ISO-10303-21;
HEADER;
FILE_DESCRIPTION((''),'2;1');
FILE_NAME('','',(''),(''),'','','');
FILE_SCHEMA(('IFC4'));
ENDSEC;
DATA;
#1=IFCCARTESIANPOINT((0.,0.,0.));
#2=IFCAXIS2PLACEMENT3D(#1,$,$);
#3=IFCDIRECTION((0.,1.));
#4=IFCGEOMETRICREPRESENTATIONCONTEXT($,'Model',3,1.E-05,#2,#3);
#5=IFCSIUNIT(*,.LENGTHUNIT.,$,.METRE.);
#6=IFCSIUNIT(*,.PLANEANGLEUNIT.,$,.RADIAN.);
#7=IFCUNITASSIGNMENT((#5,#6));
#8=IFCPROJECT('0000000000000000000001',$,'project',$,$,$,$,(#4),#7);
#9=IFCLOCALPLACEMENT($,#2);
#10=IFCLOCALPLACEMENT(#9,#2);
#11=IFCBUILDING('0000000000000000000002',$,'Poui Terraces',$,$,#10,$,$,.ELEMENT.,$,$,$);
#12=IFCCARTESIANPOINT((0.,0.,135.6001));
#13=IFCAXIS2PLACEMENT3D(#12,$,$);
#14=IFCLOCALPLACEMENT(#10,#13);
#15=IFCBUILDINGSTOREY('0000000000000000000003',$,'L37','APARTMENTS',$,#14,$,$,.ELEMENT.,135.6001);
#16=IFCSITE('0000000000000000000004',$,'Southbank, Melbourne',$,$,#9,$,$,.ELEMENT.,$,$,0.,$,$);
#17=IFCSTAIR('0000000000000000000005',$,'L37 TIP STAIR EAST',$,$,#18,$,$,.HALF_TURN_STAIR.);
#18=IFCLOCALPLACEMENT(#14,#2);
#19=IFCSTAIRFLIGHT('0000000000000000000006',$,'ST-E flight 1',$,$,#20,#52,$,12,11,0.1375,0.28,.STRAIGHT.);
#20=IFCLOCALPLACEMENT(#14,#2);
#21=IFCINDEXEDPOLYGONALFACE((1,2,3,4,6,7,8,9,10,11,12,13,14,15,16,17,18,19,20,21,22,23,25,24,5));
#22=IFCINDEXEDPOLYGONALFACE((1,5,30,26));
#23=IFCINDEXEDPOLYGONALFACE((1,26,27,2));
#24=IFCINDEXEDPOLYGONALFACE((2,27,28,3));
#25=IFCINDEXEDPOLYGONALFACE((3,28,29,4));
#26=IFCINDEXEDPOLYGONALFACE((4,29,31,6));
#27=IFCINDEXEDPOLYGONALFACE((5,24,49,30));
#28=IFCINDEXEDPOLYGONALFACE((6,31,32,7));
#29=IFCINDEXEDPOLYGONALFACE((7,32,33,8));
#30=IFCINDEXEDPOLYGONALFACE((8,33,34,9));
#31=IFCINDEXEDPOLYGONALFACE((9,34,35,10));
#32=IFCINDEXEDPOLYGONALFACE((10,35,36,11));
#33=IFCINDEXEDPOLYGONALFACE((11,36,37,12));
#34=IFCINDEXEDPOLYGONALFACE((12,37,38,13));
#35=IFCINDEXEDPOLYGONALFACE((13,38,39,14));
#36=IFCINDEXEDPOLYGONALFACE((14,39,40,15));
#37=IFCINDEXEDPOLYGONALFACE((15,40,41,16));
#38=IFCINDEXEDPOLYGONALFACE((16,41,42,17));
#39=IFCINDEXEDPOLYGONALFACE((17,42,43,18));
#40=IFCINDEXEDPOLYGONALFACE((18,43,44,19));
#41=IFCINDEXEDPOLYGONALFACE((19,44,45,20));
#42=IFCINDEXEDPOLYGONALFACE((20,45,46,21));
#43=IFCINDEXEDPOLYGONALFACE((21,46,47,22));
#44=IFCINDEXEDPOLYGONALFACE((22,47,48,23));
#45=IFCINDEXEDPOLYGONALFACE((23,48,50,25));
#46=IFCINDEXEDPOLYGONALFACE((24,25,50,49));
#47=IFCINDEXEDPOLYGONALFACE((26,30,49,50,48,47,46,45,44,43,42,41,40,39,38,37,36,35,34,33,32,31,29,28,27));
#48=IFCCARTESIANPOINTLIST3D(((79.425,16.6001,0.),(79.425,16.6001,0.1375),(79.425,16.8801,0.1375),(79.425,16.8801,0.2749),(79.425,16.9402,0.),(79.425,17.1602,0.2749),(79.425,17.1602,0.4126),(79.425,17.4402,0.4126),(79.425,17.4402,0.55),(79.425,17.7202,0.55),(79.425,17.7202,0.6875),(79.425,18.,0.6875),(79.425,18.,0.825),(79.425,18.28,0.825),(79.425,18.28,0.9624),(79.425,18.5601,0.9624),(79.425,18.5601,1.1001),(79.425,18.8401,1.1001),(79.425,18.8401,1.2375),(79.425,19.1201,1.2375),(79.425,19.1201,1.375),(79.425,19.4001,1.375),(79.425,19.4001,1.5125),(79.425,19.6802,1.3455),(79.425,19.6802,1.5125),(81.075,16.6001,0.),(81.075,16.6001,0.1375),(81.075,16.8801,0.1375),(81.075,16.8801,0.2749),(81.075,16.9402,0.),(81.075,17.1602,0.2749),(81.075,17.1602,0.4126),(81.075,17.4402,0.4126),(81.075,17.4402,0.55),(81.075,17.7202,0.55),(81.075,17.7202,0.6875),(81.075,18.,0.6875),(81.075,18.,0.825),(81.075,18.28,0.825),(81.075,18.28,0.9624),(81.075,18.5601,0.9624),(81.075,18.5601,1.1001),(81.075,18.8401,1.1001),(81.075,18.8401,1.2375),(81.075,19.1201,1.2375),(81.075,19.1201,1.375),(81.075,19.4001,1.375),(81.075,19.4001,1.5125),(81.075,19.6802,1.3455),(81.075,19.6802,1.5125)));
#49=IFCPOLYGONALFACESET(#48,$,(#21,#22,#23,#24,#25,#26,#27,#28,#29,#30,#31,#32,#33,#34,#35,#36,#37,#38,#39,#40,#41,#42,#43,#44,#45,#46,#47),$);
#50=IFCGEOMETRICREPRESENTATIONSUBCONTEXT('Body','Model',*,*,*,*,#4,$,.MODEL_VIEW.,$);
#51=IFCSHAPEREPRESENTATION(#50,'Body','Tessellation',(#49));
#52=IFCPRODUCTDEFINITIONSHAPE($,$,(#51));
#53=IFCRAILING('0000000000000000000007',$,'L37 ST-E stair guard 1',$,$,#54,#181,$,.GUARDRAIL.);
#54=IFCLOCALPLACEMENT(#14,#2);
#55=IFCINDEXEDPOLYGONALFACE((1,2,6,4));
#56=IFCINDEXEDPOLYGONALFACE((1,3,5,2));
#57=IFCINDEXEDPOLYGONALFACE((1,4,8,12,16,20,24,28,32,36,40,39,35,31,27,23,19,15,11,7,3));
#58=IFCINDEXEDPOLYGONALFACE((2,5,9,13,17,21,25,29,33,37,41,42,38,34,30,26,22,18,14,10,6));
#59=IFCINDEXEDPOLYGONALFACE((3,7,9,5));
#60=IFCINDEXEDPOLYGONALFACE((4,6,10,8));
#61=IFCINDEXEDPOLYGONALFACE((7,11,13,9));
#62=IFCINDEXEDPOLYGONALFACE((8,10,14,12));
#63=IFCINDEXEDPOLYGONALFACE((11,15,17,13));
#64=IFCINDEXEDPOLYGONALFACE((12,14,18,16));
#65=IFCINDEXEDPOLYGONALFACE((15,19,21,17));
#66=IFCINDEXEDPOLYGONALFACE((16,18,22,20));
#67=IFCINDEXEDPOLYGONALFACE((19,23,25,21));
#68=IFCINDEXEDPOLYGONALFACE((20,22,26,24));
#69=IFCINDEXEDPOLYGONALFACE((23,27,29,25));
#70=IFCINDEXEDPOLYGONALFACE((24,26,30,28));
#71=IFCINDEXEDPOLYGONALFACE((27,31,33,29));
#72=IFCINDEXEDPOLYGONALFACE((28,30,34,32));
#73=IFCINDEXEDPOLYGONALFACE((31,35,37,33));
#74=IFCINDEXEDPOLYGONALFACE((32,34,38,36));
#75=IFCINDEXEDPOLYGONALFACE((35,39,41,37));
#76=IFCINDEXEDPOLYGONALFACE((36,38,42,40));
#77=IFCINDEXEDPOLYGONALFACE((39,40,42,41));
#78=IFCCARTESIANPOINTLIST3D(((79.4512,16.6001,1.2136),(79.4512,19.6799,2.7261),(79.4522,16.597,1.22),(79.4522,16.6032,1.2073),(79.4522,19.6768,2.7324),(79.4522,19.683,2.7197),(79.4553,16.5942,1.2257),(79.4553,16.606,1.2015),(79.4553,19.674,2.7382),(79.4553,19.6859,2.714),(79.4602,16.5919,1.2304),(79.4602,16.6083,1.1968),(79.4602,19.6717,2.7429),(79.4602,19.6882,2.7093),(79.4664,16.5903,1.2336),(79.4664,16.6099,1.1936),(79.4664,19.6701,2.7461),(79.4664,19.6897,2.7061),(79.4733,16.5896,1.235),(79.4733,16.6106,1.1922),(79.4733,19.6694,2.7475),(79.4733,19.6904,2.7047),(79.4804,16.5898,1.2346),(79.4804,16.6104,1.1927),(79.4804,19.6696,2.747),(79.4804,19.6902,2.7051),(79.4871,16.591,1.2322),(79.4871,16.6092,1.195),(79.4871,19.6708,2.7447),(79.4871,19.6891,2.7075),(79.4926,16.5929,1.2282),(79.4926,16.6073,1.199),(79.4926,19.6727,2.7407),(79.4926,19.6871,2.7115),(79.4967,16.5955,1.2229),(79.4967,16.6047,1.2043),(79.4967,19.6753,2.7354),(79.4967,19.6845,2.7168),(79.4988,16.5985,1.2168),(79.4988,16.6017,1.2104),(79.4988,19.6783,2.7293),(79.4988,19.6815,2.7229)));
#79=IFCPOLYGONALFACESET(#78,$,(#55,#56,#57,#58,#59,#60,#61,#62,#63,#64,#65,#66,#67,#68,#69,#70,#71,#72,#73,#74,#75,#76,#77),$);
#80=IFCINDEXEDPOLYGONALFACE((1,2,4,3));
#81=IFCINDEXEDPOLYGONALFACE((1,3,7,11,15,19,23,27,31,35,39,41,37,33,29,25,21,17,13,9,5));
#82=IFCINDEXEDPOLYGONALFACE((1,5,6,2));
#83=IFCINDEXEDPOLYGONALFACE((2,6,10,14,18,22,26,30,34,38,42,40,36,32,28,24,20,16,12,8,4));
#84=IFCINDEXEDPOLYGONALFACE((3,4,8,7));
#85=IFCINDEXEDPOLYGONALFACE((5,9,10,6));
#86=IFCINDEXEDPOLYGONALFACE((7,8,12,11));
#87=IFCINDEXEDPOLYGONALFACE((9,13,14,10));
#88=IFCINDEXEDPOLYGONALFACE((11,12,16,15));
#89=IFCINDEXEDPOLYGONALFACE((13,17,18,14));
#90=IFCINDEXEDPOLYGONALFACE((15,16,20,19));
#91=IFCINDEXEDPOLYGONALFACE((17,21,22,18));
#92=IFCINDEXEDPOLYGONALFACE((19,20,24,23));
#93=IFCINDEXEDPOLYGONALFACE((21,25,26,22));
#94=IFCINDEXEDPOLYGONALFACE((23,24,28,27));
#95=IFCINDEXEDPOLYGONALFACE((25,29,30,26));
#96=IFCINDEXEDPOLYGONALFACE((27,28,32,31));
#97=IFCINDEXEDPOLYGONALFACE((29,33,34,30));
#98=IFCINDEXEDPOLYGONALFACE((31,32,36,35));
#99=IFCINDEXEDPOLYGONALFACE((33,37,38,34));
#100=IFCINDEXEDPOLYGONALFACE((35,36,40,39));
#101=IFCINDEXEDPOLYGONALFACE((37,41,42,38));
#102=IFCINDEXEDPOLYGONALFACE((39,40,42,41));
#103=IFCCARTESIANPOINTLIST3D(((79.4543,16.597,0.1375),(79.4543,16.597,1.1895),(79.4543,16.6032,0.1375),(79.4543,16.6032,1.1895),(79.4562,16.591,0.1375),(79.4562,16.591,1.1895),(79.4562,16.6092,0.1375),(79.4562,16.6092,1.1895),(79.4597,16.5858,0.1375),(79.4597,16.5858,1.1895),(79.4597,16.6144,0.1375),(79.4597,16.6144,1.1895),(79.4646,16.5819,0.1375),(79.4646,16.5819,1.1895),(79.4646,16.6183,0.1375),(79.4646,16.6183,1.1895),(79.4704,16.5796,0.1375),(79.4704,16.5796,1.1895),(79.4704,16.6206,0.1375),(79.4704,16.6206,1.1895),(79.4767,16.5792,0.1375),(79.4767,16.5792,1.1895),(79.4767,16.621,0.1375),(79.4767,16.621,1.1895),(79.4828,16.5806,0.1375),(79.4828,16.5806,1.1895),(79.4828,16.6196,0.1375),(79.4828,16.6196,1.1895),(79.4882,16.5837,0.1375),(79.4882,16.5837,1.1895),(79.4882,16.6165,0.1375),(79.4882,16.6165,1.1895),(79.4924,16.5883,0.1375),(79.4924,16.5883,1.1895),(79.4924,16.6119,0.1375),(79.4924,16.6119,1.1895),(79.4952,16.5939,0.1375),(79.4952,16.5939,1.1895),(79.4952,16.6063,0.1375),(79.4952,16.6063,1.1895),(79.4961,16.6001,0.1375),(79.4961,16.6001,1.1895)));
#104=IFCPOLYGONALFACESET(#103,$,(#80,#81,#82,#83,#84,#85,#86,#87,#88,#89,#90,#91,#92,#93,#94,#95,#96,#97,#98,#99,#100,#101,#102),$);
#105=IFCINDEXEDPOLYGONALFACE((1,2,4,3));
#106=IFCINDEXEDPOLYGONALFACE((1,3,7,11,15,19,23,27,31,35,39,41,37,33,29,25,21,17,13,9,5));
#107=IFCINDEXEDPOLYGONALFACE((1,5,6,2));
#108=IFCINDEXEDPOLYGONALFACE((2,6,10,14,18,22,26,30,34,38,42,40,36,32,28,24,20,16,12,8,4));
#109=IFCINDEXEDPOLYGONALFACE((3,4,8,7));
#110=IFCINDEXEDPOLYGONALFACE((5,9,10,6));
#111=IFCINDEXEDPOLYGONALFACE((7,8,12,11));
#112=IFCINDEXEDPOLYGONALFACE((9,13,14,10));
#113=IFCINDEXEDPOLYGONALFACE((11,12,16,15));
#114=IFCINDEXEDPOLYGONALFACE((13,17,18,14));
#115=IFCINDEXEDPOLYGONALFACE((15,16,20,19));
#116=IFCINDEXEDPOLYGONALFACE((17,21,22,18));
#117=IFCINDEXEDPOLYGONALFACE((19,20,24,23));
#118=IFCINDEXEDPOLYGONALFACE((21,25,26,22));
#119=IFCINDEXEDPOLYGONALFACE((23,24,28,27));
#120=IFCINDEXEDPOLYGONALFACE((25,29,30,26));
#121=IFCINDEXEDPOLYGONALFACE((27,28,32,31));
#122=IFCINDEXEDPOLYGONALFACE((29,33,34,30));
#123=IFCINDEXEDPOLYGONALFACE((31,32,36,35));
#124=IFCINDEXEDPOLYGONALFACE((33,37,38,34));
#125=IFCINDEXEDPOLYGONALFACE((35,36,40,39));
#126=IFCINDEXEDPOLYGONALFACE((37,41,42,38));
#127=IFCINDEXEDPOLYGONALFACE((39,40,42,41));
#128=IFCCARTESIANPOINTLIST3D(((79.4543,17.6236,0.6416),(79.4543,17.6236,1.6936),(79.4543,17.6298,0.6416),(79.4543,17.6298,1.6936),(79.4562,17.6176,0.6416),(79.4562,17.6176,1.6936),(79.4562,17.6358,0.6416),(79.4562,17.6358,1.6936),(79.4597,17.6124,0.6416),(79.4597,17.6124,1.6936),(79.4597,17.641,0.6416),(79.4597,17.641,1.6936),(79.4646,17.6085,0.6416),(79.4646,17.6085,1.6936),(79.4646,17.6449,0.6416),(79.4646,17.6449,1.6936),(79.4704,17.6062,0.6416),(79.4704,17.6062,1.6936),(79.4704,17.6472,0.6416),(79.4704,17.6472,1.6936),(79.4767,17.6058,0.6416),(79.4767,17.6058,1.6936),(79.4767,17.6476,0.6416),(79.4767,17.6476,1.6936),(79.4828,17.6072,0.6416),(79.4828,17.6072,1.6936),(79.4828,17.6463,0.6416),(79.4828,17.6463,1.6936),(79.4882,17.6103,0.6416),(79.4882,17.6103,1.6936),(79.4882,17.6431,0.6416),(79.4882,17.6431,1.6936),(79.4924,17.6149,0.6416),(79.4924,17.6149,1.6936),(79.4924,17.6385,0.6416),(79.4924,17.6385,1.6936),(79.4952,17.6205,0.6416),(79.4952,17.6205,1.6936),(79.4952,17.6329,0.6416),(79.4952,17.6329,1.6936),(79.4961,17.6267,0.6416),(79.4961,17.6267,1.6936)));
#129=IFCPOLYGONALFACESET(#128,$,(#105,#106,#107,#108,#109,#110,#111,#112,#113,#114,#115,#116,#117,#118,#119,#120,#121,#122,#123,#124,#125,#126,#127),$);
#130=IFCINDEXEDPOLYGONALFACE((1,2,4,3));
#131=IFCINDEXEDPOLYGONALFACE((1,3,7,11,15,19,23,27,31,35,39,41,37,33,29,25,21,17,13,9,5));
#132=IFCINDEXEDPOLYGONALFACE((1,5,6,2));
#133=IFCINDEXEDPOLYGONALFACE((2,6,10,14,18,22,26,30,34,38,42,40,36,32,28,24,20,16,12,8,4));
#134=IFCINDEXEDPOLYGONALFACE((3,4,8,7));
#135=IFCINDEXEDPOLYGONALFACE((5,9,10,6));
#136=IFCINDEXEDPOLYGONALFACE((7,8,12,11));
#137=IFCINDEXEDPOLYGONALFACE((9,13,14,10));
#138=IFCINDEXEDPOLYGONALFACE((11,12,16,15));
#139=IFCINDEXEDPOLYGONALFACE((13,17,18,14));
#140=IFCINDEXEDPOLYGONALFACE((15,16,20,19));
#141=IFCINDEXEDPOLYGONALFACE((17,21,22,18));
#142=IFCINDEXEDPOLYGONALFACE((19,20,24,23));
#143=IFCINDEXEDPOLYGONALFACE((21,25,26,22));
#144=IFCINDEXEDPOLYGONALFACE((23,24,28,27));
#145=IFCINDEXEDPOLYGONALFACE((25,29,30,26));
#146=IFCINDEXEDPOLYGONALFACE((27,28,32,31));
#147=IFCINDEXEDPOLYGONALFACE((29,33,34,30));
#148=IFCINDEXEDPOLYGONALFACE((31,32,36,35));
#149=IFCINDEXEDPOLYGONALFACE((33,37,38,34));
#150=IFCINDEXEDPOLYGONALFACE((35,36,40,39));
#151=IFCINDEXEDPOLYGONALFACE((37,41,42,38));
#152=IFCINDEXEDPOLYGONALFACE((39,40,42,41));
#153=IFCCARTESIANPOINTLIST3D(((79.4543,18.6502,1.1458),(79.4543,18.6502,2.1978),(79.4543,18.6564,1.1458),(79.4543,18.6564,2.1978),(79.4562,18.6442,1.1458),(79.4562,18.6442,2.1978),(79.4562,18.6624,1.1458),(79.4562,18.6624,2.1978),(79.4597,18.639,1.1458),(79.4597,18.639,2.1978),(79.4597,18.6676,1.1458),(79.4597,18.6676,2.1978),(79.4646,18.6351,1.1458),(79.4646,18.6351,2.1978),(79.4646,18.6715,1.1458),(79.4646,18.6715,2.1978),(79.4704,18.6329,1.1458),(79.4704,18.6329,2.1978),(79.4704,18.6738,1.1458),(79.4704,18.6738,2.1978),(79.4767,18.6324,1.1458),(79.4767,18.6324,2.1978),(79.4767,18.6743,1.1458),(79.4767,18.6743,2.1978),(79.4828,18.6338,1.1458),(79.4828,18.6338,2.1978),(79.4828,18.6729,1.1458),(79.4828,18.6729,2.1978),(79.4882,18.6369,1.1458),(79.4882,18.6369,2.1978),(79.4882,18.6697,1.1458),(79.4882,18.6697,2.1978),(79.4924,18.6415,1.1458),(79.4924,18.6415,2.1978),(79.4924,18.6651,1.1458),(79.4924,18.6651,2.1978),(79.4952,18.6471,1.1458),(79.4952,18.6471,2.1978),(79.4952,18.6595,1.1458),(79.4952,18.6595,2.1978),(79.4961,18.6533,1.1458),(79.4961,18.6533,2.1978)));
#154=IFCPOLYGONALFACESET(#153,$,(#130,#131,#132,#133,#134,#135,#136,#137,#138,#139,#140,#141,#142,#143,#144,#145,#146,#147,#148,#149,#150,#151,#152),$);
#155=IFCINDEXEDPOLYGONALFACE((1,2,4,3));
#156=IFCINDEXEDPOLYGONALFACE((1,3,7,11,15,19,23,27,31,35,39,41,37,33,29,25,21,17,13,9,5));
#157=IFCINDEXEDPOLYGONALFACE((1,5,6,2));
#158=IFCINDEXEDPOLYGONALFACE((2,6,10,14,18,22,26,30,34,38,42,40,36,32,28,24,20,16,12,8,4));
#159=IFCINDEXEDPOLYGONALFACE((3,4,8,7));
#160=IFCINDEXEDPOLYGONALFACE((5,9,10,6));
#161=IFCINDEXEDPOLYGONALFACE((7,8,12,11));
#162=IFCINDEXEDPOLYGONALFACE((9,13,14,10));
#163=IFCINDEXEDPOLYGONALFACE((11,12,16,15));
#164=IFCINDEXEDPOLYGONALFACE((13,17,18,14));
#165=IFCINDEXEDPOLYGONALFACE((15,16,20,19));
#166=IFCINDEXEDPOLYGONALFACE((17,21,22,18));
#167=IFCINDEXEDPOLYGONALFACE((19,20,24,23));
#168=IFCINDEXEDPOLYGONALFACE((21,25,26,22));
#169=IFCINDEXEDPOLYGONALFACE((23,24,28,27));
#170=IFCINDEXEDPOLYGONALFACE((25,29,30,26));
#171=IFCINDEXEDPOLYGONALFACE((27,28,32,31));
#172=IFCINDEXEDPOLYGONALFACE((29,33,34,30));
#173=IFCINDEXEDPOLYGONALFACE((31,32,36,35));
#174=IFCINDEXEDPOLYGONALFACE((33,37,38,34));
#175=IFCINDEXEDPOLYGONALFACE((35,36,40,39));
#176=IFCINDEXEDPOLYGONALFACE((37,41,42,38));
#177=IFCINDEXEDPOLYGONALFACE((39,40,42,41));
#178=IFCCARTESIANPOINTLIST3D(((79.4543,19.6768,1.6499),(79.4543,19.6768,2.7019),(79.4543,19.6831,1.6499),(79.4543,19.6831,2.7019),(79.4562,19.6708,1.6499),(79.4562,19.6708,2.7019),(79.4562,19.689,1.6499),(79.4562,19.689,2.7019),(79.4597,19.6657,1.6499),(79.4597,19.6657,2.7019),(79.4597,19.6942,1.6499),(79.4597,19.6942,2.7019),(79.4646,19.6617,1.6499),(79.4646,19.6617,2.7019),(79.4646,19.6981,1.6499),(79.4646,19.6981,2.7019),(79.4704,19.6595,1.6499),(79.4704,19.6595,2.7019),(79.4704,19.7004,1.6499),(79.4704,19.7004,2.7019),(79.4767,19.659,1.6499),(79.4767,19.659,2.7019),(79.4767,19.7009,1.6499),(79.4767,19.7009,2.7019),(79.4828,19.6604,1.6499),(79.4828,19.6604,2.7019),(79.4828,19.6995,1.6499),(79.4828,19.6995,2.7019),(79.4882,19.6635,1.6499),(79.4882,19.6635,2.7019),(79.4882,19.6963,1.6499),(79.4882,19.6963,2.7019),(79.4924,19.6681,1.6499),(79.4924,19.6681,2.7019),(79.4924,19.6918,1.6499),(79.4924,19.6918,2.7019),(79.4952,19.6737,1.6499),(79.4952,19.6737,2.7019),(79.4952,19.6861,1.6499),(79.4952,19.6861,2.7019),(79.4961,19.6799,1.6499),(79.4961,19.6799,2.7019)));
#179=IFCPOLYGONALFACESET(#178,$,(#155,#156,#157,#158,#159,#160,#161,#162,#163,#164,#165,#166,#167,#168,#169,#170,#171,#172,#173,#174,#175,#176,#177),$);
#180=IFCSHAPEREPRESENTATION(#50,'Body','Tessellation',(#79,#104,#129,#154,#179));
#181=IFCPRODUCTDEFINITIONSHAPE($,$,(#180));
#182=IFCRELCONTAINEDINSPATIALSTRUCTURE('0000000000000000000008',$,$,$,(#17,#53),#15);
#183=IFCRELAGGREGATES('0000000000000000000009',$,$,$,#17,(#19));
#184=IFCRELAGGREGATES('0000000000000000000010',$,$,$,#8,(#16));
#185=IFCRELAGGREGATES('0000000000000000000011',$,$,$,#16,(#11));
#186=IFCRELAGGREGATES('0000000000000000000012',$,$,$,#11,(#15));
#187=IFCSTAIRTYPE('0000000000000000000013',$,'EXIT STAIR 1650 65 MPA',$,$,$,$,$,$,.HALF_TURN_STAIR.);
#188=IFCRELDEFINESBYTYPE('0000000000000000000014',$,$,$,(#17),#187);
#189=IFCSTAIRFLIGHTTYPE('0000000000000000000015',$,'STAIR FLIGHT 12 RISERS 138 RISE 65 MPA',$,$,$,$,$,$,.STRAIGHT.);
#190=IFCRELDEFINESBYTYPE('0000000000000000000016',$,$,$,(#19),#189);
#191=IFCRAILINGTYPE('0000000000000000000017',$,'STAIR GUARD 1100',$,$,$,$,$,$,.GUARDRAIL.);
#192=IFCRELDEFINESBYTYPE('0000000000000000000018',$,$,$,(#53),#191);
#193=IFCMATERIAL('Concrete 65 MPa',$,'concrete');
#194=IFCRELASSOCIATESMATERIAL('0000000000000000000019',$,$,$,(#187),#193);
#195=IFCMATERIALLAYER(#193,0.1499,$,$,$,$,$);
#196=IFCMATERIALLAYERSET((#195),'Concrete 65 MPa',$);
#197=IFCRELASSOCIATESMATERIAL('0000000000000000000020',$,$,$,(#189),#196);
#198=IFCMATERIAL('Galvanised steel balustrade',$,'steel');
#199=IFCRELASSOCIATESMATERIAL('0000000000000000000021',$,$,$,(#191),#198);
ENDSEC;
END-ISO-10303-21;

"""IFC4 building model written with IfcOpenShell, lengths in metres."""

from ifc_helpers import new_model, si_unit, direction, frame, origin, origin_2d, place, context, subcontext, project, spatial, polyline, circle, outline, extrude, material, layer, layer_set, type_object, element, aggregate, save


model = new_model("IFC4")

# Units and contexts
model_context = context("Model", 3, precision=1e-05, world=origin(), true_north=direction((0.0, 1.0)))
body_context = subcontext(model_context, "Body", "Model", "MODEL_VIEW")
ifc_project = project(units=[si_unit("LENGTHUNIT", "METRE"), si_unit("PLANEANGLEUNIT", "RADIAN")], contexts=[model_context])

# Site, building, storey
site_placement = place(None, origin())
site = spatial("IfcSite", under=ifc_project, at=site_placement, Name="Southbank, Melbourne", CompositionType="ELEMENT", RefElevation=0.0)
building_placement = place(site_placement, origin())
building = spatial("IfcBuilding", under=site, at=building_placement, Name="Poui Terraces", CompositionType="ELEMENT")
storey_placement = place(building_placement, frame((0.0, 0.0, 135.6001)))
storey = spatial("IfcBuildingStorey", under=building, at=storey_placement, Name="L37", Description="APARTMENTS", CompositionType="ELEMENT", Elevation=135.6001)

# Shared definitions
ifc_material_1 = material(Name="Concrete 65 MPa", Category="concrete")

# Stair, stair flight
stair_type = type_object("IfcStairType", Name="EXIT STAIR 1650 65 MPA", PredefinedType="HALF_TURN_STAIR", material=ifc_material_1)
stair_placement = place(storey_placement, origin())
stair = element("IfcStair", 1, at=stair_placement, inside=storey, type_object=stair_type, Name="L37 TIP STAIR EAST", PredefinedType="HALF_TURN_STAIR")
ifc_layer_1 = layer(ifc_material_1, 0.1499)
ifc_layer_set_1 = layer_set([ifc_layer_1], Name="Concrete 65 MPa")
stair_flight_type = type_object("IfcStairFlightType", Name="STAIR FLIGHT 12 RISERS 138 RISE 65 MPA", PredefinedType="STRAIGHT", material=ifc_layer_set_1)
stair_flight_placement = place(storey_placement, frame((80.25, 16.6001, 0.0), z_axis=(0.0, 0.0, 1.0), x_axis=(0.0, 1.0, 0.0)))
stair_flight = element("IfcStairFlight", 2, at=stair_flight_placement, type_object=stair_flight_type, Name="ST-E flight 1", NumberOfRisers=12, NumberOfTreads=11, PredefinedType="STRAIGHT", RiserHeight=0.1375, TreadLength=0.28, context=body_context, shape_type="SweptSolid", body=[
    extrude(outline(polyline([(0.0, 0.0), (0.0, 0.1375), (0.28, 0.1375), (0.28, 0.2749), (0.5601, 0.2749), (0.5601, 0.4126), (0.8401, 0.4126), (0.8401, 0.55), (1.1201, 0.55), (1.1201, 0.6875), (1.3999, 0.6875), (1.3999, 0.825), (1.6799, 0.825), (1.6799, 0.9624), (1.96, 0.9624), (1.96, 1.1001), (2.24, 1.1001), (2.24, 1.2375), (2.52, 1.2375), (2.52, 1.375), (2.8, 1.375), (2.8, 1.5125), (3.0801, 1.5125), (3.0801, 1.6499), (3.0801, 1.3455), (0.3401, 0.0), (0.0, 0.0)])), frame((0.0, 0.825, 0.0), z_axis=(0.0, -1.0, 0.0), x_axis=(1.0, 0.0, 0.0)), (0.0, 0.0, 1.0), 1.6499),
])
aggregate(stair, [stair_flight])

# Railing
ifc_material_2 = material(Name="Galvanised steel balustrade", Category="steel")
railing_type_1 = type_object("IfcRailingType", Name="STAIR GUARD 1100", PredefinedType="GUARDRAIL", material=ifc_material_2)
railing_1_placement = place(storey_placement, frame((79.4751, 16.6001, 0.1375)))
element("IfcRailing", 3, at=railing_1_placement, inside=storey, type_object=railing_type_1, Name="L37 ST-E stair guard 1", PredefinedType="GUARDRAIL", context=body_context, shape_type="SweptSolid", body=[
    extrude(circle(Radius=0.0239, at=origin_2d()), frame((0.0, 0.0, 1.0762), z_axis=(0.0, 0.897606, 0.440798), x_axis=(-1.0, 0.0, 0.0)), (0.0, 0.0, 1.0), 3.4312),
    extrude(circle(Radius=0.021, at=origin_2d()), origin(), (0.0, 0.0, 1.0), 1.052),
    extrude(circle(Radius=0.021, at=origin_2d()), frame((0.0, 1.0266, 0.5042)), (0.0, 0.0, 1.0), 1.052),
    extrude(circle(Radius=0.021, at=origin_2d()), frame((0.0, 2.0532, 1.0083)), (0.0, 0.0, 1.0), 1.052),
    extrude(circle(Radius=0.021, at=origin_2d()), frame((0.0, 3.0798, 1.5125)), (0.0, 0.0, 1.0), 1.052),
])

save(model, "model.ifc")
